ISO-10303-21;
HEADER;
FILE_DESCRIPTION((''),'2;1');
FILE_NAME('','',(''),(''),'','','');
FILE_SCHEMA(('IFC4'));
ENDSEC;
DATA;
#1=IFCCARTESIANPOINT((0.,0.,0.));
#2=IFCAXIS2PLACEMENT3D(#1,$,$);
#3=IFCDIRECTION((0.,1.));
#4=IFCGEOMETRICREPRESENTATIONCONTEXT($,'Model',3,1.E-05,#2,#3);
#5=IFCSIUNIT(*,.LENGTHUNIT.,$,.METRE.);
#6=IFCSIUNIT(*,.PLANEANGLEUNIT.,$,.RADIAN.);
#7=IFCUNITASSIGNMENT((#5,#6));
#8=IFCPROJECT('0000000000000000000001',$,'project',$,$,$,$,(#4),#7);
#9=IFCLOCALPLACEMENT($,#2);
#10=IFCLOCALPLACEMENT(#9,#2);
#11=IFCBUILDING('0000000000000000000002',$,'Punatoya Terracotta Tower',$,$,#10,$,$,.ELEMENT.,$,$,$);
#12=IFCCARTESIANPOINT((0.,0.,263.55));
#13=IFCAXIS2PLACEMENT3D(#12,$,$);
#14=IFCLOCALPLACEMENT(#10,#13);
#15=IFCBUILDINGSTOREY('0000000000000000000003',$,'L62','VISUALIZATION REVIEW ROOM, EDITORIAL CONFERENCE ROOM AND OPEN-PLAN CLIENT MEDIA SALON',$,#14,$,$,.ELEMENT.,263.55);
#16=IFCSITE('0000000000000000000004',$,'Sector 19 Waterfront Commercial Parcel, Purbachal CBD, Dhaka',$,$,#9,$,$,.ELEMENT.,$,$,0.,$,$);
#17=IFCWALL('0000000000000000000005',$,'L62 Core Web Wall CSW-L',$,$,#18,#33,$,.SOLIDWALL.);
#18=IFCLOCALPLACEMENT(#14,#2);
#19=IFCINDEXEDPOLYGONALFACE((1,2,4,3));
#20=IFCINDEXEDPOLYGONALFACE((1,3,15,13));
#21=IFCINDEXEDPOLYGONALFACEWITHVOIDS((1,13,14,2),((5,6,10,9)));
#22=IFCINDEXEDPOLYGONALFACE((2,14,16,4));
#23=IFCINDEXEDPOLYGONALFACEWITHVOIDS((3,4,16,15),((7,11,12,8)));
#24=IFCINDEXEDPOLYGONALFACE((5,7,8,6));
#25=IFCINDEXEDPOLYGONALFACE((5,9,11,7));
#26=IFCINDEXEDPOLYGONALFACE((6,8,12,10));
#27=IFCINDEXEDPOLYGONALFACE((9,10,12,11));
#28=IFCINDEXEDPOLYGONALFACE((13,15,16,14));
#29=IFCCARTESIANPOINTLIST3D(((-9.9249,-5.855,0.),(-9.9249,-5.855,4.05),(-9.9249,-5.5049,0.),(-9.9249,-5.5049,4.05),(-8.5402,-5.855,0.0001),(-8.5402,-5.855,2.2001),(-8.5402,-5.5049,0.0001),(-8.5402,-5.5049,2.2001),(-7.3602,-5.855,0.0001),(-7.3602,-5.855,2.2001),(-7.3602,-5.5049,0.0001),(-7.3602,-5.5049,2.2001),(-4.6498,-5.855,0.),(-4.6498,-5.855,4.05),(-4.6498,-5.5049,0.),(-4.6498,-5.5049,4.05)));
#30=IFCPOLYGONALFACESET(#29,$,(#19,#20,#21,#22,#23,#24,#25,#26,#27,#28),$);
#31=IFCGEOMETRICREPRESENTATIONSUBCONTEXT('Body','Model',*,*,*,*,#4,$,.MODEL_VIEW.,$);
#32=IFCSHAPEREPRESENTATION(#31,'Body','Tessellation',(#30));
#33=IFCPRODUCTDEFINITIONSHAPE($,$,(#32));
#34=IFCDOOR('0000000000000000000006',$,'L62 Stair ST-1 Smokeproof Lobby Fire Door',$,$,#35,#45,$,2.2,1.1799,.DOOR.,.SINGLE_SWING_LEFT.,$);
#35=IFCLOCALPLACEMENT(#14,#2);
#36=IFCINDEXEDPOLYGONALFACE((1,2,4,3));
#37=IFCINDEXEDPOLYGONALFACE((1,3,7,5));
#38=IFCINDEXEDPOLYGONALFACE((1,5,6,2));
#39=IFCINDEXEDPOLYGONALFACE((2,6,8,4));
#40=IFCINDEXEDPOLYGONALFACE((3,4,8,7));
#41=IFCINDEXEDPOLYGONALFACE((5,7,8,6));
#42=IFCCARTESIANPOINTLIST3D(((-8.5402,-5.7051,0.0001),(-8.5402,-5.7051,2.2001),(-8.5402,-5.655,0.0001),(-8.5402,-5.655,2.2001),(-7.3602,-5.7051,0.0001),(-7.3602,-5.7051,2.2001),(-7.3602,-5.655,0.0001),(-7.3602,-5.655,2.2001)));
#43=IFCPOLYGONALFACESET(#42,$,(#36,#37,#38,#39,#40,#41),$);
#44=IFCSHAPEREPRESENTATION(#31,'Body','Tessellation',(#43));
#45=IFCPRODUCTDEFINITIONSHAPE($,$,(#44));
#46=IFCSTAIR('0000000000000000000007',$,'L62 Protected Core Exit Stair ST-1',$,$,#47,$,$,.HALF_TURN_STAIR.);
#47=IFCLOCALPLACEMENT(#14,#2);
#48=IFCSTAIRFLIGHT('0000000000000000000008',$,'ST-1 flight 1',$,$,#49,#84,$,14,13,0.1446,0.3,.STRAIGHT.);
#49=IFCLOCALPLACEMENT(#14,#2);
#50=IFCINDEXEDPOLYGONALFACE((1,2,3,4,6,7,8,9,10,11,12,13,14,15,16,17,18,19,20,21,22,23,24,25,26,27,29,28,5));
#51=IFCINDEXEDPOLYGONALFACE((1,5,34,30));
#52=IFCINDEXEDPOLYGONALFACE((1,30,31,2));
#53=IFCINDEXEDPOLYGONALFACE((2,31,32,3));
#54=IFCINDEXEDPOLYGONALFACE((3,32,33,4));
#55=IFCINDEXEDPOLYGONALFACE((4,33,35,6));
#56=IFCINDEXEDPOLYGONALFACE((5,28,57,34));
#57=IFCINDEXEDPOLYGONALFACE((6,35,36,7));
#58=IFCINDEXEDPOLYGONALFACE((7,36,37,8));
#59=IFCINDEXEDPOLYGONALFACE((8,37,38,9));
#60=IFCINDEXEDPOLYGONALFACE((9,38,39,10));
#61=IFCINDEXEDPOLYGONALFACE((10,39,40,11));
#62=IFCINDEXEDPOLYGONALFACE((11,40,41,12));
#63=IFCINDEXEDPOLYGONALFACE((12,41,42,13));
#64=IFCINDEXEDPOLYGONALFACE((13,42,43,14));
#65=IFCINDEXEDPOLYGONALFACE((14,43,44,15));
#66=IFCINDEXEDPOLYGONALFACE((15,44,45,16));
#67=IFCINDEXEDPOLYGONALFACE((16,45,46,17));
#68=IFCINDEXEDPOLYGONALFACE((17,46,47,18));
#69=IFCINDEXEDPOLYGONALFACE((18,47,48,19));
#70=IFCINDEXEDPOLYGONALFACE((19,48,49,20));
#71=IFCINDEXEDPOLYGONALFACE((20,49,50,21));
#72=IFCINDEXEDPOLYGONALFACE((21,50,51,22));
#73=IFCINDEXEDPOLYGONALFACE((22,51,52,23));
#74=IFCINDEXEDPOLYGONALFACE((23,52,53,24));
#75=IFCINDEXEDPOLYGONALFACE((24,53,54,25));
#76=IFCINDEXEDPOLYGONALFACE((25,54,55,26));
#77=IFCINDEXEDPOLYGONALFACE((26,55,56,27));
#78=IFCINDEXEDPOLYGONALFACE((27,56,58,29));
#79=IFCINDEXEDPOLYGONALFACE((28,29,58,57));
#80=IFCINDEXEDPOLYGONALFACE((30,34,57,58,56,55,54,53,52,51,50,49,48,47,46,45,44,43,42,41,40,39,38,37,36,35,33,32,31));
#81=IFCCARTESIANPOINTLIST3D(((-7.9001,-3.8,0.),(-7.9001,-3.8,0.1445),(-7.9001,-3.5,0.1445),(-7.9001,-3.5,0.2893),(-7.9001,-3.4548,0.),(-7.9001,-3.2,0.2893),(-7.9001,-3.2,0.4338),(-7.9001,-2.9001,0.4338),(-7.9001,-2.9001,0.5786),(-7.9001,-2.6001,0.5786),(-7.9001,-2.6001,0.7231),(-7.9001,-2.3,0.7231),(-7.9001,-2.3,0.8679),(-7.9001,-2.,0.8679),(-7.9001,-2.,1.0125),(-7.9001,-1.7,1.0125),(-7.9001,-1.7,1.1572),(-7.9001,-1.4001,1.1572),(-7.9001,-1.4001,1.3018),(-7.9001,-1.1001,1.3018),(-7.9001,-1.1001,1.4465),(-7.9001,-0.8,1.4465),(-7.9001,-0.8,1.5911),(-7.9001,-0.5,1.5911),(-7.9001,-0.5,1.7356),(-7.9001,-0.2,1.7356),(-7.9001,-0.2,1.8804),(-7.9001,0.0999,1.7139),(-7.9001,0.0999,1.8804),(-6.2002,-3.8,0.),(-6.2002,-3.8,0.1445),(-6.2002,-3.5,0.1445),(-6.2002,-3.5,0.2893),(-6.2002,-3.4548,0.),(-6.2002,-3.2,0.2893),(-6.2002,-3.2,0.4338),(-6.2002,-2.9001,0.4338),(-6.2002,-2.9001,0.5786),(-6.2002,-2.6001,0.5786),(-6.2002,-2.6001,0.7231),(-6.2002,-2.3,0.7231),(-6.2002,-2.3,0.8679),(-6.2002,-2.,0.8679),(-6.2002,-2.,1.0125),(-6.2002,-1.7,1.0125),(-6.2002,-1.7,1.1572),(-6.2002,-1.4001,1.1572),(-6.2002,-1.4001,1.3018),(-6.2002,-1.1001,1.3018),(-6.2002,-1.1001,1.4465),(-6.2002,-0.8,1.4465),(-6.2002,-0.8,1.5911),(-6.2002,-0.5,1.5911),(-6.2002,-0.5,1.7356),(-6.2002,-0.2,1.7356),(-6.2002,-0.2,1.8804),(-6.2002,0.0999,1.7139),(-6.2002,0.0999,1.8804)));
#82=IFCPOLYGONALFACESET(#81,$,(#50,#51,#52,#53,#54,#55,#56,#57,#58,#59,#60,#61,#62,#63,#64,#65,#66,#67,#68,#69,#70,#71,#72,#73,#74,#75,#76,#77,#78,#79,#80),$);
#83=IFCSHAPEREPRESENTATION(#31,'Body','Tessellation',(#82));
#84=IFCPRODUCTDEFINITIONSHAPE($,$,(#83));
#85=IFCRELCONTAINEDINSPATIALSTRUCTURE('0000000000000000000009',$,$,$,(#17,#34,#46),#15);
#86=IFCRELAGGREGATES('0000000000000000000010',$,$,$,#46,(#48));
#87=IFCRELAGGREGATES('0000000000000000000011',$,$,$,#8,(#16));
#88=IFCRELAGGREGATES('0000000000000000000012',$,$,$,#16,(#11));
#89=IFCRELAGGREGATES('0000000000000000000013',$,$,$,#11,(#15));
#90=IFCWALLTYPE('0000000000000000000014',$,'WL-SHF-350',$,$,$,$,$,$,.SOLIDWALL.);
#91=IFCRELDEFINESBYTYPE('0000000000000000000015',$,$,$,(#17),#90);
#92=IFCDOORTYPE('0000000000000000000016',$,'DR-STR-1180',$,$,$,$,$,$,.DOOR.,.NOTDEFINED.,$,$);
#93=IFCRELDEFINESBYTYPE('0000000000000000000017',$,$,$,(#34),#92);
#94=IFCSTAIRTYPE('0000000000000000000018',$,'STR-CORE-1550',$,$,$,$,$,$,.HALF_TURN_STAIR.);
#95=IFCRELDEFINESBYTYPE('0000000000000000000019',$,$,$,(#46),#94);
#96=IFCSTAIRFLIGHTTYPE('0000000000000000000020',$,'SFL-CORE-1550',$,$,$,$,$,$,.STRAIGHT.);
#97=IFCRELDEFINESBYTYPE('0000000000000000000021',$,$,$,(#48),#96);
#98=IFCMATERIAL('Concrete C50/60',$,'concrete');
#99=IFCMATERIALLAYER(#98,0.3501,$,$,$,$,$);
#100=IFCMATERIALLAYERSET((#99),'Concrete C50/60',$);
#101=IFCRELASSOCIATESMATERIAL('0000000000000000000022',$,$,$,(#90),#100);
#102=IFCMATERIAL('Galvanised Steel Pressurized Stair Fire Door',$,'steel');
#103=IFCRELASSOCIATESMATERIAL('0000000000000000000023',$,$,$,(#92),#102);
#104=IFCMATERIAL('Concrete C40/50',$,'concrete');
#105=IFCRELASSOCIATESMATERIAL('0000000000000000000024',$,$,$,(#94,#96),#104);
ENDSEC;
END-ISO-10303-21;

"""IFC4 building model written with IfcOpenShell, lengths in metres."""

from ifc_helpers import new_model, si_unit, direction, frame, frame_2d, origin, place, context, subcontext, project, spatial, polyline, rectangle, outline, extrude, material, layer, layer_set, type_object, element, fill, aggregate, save


model = new_model("IFC4")

# Units and contexts
model_context = context("Model", 3, precision=1e-05, world=origin(), true_north=direction((0.0, 1.0)))
body_context = subcontext(model_context, "Body", "Model", "MODEL_VIEW")
ifc_project = project(units=[si_unit("LENGTHUNIT", "METRE"), si_unit("PLANEANGLEUNIT", "RADIAN")], contexts=[model_context])

# Site, building, storey
site_placement = place(None, origin())
site = spatial("IfcSite", under=ifc_project, at=site_placement, Name="Sector 19 Waterfront Commercial Parcel, Purbachal CBD, Dhaka", CompositionType="ELEMENT", RefElevation=0.0)
building_placement = place(site_placement, origin())
building = spatial("IfcBuilding", under=site, at=building_placement, Name="Punatoya Terracotta Tower", CompositionType="ELEMENT")
storey_placement = place(building_placement, frame((0.0, 0.0, 263.55)))
storey = spatial("IfcBuildingStorey", under=building, at=storey_placement, Name="L62", Description="VISUALIZATION REVIEW ROOM, EDITORIAL CONFERENCE ROOM AND OPEN-PLAN CLIENT MEDIA SALON", CompositionType="ELEMENT", Elevation=263.55)

# Shared definitions
ifc_material_1 = material(Name="Concrete C50/60", Category="concrete")

# Shared definitions
ifc_material_2 = material(Name="Concrete C40/50", Category="concrete")

# Wall, opening, door
ifc_layer_1 = layer(ifc_material_1, 0.3501)
ifc_layer_set_1 = layer_set([ifc_layer_1], Name="Concrete C50/60")
wall_type_1 = type_object("IfcWallType", Name="WL-SHF-350", PredefinedType="SOLIDWALL", material=ifc_layer_set_1)
wall_1_placement = place(storey_placement, frame((-9.925, -5.6799, 0.0), z_axis=(0.0, 0.0, 1.0), x_axis=(1.0, 0.0, 0.0)))
wall_1 = element("IfcWall", 1, at=wall_1_placement, inside=storey, type_object=wall_type_1, Name="L62 Core Web Wall CSW-L", PredefinedType="SOLIDWALL", context=body_context, shape_type="SweptSolid", body=[
    extrude(rectangle(XDim=5.2751, YDim=0.3501, at=frame_2d((2.6377, 0.0))), origin(), (0.0, 0.0, 1.0), 4.05),
])
opening_1_placement = place(wall_1_placement, frame((1.385, 0.0, 0.0)))
opening_1 = element("IfcOpeningElement", 2, at=opening_1_placement, cuts=wall_1, PredefinedType="OPENING", context=body_context, shape_type="SweptSolid", body=[
    extrude(rectangle(XDim=1.1799, YDim=2.2, at=frame_2d((0.5898, 1.1001))), frame((0.0, 0.1851, 0.0), z_axis=(0.0, -1.0, 0.0), x_axis=(1.0, 0.0, 0.0)), (0.0, 0.0, 1.0), 0.3701),
])
ifc_material_3 = material(Name="Galvanised Steel Pressurized Stair Fire Door", Category="steel")
door_type_1 = type_object("IfcDoorType", Name="DR-STR-1180", OperationType="NOTDEFINED", PredefinedType="DOOR", material=ifc_material_3)
door_1_placement = place(opening_1_placement, origin())
door_1 = element("IfcDoor", 3, at=door_1_placement, inside=storey, type_object=door_type_1, Name="L62 Stair ST-1 Smokeproof Lobby Fire Door", OperationType="SINGLE_SWING_LEFT", OverallHeight=2.2, OverallWidth=1.1799, PredefinedType="DOOR", context=body_context, shape_type="SweptSolid", body=[
    extrude(rectangle(XDim=1.1799, YDim=2.2, at=frame_2d((0.5898, 1.1001))), frame((0.0, 0.0249, 0.0), z_axis=(0.0, -1.0, 0.0), x_axis=(1.0, 0.0, 0.0)), (0.0, 0.0, 1.0), 0.05),
])
fill(opening_1, door_1)

# Stair, stair flight
stair_type = type_object("IfcStairType", Name="STR-CORE-1550", PredefinedType="HALF_TURN_STAIR", material=ifc_material_2)
stair_placement = place(storey_placement, origin())
stair = element("IfcStair", 4, at=stair_placement, inside=storey, type_object=stair_type, Name="L62 Protected Core Exit Stair ST-1", PredefinedType="HALF_TURN_STAIR")
stair_flight_type = type_object("IfcStairFlightType", Name="SFL-CORE-1550", PredefinedType="STRAIGHT", material=ifc_material_2)
stair_flight_placement = place(storey_placement, frame((-7.05, -3.8, 0.0), z_axis=(0.0, 0.0, 1.0), x_axis=(0.0, 1.0, 0.0)))
stair_flight = element("IfcStairFlight", 5, at=stair_flight_placement, type_object=stair_flight_type, Name="ST-1 flight 1", NumberOfRisers=14, NumberOfTreads=13, PredefinedType="STRAIGHT", RiserHeight=0.1446, TreadLength=0.3, context=body_context, shape_type="SweptSolid", body=[
    extrude(outline(polyline([(0.0, 0.0), (0.0, 0.1445), (0.3, 0.1445), (0.3, 0.2893), (0.6001, 0.2893), (0.6001, 0.4338), (0.8999, 0.4338), (0.8999, 0.5786), (1.2, 0.5786), (1.2, 0.7231), (1.5, 0.7231), (1.5, 0.8679), (1.8, 0.8679), (1.8, 1.0125), (2.1001, 1.0125), (2.1001, 1.1572), (2.3999, 1.1572), (2.3999, 1.3018), (2.7, 1.3018), (2.7, 1.4465), (3.0, 1.4465), (3.0, 1.5911), (3.3, 1.5911), (3.3, 1.7356), (3.6001, 1.7356), (3.6001, 1.8804), (3.8999, 1.8804), (3.8999, 2.0249), (3.8999, 1.7139), (0.3452, 0.0), (0.0, 0.0)])), frame((0.0, 0.8501, 0.0), z_axis=(0.0, -1.0, 0.0), x_axis=(1.0, 0.0, 0.0)), (0.0, 0.0, 1.0), 1.7),
])
aggregate(stair, [stair_flight])

save(model, "model.ifc")
